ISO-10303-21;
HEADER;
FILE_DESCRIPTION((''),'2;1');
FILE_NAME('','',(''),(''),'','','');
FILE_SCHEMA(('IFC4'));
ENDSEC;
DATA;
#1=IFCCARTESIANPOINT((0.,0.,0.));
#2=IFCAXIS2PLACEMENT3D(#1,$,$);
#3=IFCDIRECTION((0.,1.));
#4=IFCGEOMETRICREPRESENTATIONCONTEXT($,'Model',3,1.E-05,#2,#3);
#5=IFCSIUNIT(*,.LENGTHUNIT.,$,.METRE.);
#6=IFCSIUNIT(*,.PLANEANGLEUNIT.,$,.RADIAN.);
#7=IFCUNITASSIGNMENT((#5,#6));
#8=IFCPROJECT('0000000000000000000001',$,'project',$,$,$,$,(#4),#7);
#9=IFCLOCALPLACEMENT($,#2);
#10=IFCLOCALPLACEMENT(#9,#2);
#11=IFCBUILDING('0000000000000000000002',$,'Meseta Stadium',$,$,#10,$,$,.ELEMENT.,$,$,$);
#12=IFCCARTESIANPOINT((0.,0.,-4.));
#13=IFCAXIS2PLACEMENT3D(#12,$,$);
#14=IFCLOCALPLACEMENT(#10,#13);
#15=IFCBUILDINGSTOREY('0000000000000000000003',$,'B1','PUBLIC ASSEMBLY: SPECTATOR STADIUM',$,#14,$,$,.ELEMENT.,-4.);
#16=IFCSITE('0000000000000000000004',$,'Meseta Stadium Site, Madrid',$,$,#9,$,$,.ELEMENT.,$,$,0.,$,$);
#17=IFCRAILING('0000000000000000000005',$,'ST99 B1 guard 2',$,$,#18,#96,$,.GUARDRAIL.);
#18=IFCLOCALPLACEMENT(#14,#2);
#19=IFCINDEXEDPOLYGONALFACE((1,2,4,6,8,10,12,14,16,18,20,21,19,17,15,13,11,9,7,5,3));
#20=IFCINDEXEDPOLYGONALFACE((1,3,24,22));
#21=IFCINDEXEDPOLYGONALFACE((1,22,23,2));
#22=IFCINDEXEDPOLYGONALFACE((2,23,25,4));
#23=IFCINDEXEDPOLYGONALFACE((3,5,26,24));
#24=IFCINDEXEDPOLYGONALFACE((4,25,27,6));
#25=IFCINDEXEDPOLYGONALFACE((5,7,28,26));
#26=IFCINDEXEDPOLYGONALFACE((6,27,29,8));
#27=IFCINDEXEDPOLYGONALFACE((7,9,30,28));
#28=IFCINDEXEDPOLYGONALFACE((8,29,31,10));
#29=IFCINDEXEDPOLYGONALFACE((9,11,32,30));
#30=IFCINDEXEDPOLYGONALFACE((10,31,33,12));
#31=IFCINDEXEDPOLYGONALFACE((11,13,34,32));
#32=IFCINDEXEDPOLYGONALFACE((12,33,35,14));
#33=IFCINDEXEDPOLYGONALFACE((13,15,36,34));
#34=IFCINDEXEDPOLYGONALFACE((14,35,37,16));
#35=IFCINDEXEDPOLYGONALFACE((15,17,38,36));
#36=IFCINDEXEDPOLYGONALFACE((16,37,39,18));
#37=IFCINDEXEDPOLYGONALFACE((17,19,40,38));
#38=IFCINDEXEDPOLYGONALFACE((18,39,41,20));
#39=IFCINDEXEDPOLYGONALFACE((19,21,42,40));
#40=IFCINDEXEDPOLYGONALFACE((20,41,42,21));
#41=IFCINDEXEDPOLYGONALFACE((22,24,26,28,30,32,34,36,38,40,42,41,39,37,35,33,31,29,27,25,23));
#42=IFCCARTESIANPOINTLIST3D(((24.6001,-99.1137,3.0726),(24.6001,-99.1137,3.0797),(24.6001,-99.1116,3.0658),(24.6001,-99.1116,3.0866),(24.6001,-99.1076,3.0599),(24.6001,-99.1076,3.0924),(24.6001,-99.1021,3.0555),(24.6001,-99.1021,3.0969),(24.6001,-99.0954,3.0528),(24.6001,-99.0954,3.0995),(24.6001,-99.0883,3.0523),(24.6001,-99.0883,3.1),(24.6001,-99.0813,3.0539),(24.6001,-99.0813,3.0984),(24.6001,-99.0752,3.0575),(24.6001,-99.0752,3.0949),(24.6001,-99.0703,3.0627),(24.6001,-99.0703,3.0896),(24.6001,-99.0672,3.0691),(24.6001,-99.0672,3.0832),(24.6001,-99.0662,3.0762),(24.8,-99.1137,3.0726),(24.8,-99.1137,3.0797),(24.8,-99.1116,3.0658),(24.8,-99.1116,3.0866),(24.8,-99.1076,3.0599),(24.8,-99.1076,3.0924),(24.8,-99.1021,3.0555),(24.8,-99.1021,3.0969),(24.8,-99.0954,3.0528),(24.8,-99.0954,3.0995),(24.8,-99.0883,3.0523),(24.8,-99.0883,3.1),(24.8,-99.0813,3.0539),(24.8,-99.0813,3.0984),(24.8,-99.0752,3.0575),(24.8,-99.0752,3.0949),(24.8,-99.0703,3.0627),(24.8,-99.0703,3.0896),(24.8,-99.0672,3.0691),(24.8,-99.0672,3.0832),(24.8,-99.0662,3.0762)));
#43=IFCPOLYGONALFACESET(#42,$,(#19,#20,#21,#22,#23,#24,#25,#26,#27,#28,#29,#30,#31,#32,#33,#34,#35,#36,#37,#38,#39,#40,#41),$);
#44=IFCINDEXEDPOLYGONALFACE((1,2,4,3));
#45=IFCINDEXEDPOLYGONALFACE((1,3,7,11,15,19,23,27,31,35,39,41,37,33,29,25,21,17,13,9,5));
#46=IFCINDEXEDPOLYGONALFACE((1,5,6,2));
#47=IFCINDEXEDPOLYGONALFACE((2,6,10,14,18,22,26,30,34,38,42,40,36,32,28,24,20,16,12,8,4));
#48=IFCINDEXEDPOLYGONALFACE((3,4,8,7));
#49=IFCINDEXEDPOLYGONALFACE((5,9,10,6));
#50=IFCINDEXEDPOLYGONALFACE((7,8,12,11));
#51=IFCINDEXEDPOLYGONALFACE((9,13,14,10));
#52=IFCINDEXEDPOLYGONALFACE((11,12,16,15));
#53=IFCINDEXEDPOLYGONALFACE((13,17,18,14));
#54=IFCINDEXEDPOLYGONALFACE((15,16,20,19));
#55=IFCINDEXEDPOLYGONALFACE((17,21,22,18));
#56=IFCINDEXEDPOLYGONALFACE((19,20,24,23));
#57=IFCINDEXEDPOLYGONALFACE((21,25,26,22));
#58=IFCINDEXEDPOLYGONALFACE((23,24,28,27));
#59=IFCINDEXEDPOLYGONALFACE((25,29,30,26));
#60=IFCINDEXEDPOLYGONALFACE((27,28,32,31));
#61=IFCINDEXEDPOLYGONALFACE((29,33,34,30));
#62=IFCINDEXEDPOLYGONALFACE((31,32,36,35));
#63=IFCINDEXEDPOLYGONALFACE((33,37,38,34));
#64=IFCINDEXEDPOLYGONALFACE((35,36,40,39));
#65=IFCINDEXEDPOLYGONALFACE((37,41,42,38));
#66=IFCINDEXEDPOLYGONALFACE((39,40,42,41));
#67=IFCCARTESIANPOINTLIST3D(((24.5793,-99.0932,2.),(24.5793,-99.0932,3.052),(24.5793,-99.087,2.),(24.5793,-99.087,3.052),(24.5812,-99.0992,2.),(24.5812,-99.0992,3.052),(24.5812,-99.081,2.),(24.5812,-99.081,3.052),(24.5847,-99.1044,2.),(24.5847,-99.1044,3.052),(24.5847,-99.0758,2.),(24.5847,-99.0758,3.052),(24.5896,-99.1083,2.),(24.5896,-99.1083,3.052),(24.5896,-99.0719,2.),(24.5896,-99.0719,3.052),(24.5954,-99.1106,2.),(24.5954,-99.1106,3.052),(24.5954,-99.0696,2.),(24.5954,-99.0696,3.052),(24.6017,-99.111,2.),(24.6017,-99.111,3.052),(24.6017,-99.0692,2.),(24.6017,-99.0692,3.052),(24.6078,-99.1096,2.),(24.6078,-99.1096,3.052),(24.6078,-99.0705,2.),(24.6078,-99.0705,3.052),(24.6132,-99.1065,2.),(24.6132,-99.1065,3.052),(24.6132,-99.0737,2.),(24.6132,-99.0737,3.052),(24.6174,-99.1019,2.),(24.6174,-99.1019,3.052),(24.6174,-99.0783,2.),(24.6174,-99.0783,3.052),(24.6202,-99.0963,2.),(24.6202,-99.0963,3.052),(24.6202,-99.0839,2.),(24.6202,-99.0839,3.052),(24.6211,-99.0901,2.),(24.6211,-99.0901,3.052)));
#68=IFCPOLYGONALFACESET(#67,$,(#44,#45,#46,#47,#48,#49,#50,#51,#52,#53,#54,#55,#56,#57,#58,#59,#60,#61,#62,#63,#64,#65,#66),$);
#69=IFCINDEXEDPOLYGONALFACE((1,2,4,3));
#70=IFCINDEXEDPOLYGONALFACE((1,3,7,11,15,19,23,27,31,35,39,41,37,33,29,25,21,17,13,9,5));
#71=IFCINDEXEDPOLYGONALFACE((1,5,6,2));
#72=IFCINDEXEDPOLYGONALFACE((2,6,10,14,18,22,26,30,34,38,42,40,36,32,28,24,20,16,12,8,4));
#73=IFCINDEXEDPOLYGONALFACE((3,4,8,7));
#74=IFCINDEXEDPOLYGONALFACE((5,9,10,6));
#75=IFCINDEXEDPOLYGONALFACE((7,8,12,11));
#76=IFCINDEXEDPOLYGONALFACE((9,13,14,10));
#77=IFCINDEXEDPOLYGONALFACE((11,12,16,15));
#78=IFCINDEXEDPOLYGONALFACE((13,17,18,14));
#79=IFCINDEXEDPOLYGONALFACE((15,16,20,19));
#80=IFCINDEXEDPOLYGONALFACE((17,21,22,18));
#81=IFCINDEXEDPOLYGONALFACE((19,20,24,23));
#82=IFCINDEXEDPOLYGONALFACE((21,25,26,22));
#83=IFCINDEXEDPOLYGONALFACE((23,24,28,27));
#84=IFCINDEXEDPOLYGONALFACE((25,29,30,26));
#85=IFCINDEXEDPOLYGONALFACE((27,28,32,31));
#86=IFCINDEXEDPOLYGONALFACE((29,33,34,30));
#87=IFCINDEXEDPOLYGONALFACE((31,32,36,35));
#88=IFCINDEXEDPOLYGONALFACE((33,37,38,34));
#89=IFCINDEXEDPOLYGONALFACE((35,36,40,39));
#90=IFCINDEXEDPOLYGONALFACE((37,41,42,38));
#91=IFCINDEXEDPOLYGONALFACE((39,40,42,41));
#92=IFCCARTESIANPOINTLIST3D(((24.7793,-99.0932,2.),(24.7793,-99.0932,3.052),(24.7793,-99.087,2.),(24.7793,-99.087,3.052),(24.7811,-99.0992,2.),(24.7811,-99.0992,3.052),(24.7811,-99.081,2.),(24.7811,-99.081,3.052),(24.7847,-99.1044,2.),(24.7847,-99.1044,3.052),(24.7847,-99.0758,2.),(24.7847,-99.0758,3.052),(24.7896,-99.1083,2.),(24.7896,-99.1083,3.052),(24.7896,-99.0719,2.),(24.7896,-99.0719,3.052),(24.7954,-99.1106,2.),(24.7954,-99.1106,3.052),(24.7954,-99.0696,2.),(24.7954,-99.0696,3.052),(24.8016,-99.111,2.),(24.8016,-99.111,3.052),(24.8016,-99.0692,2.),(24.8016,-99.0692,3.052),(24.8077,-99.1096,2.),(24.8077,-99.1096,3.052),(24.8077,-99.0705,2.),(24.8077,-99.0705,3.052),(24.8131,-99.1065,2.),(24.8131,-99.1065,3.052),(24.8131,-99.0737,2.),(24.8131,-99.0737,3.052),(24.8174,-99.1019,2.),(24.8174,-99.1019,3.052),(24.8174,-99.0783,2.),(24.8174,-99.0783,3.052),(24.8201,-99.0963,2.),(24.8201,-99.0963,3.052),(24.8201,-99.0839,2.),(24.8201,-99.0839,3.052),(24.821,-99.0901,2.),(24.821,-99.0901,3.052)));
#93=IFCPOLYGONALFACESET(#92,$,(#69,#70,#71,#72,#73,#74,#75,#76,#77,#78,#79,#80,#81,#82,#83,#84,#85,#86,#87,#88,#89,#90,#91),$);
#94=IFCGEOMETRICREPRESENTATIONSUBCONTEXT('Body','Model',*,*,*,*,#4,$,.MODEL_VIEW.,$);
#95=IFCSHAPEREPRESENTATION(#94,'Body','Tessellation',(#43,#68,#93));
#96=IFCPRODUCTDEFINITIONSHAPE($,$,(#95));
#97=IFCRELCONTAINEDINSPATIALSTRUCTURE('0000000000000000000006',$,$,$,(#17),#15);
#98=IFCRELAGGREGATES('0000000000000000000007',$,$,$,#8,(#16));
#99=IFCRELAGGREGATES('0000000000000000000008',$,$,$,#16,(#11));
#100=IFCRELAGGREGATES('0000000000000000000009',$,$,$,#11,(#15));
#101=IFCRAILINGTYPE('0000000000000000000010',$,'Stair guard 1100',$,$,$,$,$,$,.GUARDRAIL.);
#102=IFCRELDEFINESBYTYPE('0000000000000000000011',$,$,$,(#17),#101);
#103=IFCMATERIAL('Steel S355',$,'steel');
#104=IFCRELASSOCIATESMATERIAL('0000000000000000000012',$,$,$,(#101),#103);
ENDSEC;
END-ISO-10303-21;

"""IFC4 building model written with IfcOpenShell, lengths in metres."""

from ifc_helpers import new_model, si_unit, direction, frame, origin, origin_2d, place, context, subcontext, project, spatial, circle, extrude, material, type_object, element, save


model = new_model("IFC4")

# Units and contexts
model_context = context("Model", 3, precision=1e-05, world=origin(), true_north=direction((0.0, 1.0)))
body_context = subcontext(model_context, "Body", "Model", "MODEL_VIEW")
ifc_project = project(units=[si_unit("LENGTHUNIT", "METRE"), si_unit("PLANEANGLEUNIT", "RADIAN")], contexts=[model_context])

# Site, building, storey
site_placement = place(None, origin())
site = spatial("IfcSite", under=ifc_project, at=site_placement, Name="Meseta Stadium Site, Madrid", CompositionType="ELEMENT", RefElevation=0.0)
building_placement = place(site_placement, origin())
building = spatial("IfcBuilding", under=site, at=building_placement, Name="Meseta Stadium", CompositionType="ELEMENT")
storey_placement = place(building_placement, frame((0.0, 0.0, -4.0)))
storey = spatial("IfcBuildingStorey", under=building, at=storey_placement, Name="B1", Description="PUBLIC ASSEMBLY: SPECTATOR STADIUM", CompositionType="ELEMENT", Elevation=-4.0)

# Railing
ifc_material_1 = material(Name="Steel S355", Category="steel")
railing_type_1 = type_object("IfcRailingType", Name="Stair guard 1100", PredefinedType="GUARDRAIL", material=ifc_material_1)
railing_1_placement = place(storey_placement, frame((24.6001, -99.0901, 2.0)))
element("IfcRailing", 1, at=railing_1_placement, inside=storey, type_object=railing_type_1, Name="ST99 B1 guard 2", PredefinedType="GUARDRAIL", context=body_context, shape_type="SweptSolid", body=[
    extrude(circle(Radius=0.0239, at=origin_2d()), frame((0.0, 0.0, 1.0762), z_axis=(1.0, 0.0, 0.0), x_axis=(0.0, 1.0, 0.0)), (0.0, 0.0, 1.0), 0.2),
    extrude(circle(Radius=0.021, at=origin_2d()), origin(), (0.0, 0.0, 1.0), 1.052),
    extrude(circle(Radius=0.021, at=origin_2d()), frame((0.2, 0.0, 0.0)), (0.0, 0.0, 1.0), 1.052),
])

save(model, "model.ifc")
